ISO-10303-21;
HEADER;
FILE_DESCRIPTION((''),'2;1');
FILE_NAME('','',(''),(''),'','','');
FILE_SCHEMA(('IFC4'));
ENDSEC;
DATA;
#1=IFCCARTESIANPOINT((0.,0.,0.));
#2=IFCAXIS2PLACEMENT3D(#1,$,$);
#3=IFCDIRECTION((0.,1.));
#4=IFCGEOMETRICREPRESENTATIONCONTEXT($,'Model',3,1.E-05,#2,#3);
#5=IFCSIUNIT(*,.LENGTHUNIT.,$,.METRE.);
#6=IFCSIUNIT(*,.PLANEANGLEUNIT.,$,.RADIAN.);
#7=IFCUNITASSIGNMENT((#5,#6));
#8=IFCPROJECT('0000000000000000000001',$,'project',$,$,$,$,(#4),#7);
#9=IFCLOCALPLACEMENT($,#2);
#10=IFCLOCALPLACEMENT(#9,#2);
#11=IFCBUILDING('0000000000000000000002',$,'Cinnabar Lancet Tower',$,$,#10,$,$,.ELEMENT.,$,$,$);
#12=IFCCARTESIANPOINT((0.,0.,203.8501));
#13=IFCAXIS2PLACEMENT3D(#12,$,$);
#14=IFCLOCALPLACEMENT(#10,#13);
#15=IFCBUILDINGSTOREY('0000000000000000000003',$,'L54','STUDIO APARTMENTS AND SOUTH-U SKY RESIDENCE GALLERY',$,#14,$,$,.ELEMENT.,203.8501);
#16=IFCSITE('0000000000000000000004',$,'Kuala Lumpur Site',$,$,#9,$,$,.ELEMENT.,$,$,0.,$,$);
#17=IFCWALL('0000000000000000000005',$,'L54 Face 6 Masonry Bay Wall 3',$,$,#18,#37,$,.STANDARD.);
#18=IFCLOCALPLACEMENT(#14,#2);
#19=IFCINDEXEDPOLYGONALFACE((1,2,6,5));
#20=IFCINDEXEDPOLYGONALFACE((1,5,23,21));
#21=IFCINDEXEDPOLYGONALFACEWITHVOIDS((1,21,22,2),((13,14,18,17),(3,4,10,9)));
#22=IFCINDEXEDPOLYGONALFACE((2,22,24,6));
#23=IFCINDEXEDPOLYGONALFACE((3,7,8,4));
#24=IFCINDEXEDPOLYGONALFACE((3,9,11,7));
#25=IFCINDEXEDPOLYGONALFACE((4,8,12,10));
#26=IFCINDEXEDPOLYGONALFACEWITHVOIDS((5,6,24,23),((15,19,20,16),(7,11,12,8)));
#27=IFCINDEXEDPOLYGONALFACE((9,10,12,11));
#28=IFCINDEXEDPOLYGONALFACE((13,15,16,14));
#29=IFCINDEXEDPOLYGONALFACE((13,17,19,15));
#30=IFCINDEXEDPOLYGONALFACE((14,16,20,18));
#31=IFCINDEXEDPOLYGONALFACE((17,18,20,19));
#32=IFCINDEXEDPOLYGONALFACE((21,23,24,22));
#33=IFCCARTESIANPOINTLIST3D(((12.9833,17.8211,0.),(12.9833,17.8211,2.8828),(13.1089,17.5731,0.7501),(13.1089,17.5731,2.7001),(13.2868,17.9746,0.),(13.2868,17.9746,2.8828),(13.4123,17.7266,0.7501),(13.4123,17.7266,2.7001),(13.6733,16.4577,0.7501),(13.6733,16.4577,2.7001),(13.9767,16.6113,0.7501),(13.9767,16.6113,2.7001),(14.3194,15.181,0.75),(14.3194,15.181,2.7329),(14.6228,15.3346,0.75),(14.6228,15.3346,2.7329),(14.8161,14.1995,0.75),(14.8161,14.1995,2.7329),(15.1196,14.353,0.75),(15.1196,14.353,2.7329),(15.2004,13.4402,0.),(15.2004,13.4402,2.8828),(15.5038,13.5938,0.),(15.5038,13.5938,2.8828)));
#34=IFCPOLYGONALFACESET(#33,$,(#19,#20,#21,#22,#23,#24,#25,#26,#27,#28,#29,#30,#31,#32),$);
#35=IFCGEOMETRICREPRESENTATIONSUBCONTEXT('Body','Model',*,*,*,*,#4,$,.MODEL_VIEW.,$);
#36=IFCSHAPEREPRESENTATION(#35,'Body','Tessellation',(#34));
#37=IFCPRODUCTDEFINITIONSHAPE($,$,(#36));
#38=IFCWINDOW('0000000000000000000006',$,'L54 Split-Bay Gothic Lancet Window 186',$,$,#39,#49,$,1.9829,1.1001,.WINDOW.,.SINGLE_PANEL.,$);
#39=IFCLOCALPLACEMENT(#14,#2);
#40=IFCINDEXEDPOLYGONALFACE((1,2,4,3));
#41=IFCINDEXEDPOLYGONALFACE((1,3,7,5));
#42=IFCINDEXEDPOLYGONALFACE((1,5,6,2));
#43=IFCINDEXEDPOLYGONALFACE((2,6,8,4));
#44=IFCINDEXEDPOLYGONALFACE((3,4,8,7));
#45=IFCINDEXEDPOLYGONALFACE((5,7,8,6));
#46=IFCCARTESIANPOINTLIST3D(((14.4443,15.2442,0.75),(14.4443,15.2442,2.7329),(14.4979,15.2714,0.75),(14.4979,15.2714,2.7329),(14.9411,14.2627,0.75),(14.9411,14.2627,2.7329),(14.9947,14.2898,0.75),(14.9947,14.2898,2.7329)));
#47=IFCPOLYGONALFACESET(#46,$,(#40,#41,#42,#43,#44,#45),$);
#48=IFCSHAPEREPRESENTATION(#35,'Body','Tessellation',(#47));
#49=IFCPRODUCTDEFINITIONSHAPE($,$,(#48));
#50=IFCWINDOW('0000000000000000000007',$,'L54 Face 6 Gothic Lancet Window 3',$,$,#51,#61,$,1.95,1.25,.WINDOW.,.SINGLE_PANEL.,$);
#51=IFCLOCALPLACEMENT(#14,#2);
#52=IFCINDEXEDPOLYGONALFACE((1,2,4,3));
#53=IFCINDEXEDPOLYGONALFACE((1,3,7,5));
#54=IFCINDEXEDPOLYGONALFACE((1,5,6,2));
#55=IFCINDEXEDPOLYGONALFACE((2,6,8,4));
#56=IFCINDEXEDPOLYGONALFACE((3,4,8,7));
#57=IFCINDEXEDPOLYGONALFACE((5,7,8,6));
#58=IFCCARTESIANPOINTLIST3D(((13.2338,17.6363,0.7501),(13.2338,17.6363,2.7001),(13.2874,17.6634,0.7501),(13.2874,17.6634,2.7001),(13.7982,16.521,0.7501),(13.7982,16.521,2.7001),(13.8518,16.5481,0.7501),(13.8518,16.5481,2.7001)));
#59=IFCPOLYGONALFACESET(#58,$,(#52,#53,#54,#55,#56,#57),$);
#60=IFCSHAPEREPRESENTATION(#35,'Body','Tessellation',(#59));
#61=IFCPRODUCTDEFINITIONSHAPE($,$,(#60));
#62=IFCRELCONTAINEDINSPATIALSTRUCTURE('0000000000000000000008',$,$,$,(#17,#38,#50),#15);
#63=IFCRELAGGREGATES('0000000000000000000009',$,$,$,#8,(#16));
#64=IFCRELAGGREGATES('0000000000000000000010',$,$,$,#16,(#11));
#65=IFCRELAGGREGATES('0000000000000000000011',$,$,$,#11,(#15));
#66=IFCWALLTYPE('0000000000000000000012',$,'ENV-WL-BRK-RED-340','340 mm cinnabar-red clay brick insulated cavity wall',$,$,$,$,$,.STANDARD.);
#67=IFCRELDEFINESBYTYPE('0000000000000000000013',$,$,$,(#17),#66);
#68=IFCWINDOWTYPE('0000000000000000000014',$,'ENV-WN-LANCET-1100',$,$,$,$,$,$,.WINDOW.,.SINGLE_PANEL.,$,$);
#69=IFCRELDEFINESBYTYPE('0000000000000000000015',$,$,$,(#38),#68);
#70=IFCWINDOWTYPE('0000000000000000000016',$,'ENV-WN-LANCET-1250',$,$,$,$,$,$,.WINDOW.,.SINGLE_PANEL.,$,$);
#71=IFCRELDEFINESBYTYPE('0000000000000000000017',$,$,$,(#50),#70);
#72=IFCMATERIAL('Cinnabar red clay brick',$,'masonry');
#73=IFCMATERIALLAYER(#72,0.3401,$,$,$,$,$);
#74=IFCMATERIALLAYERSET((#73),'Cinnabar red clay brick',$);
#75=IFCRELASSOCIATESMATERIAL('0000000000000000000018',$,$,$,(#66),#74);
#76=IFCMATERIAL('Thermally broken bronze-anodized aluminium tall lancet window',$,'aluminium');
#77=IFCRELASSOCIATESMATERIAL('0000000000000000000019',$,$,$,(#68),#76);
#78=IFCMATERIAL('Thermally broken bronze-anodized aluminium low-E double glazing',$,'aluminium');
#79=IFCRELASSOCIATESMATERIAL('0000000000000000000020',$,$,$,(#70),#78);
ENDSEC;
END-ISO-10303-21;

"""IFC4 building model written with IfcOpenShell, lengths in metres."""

from ifc_helpers import new_model, si_unit, direction, frame, frame_2d, origin, place, context, subcontext, project, spatial, rectangle, extrude, material, layer, layer_set, type_object, element, fill, save


model = new_model("IFC4")

# Units and contexts
model_context = context("Model", 3, precision=1e-05, world=origin(), true_north=direction((0.0, 1.0)))
body_context = subcontext(model_context, "Body", "Model", "MODEL_VIEW")
ifc_project = project(units=[si_unit("LENGTHUNIT", "METRE"), si_unit("PLANEANGLEUNIT", "RADIAN")], contexts=[model_context])

# Site, building, storey
site_placement = place(None, origin())
site = spatial("IfcSite", under=ifc_project, at=site_placement, Name="Kuala Lumpur Site", CompositionType="ELEMENT", RefElevation=0.0)
building_placement = place(site_placement, origin())
building = spatial("IfcBuilding", under=site, at=building_placement, Name="Cinnabar Lancet Tower", CompositionType="ELEMENT")
storey_placement = place(building_placement, frame((0.0, 0.0, 203.8501)))
storey = spatial("IfcBuildingStorey", under=building, at=storey_placement, Name="L54", Description="STUDIO APARTMENTS AND SOUTH-U SKY RESIDENCE GALLERY", CompositionType="ELEMENT", Elevation=203.8501)

# Shared definitions
ifc_material_1 = material(Name="Cinnabar red clay brick", Category="masonry")
ifc_layer_1 = layer(ifc_material_1, 0.3401)
ifc_layer_set_1 = layer_set([ifc_layer_1], Name="Cinnabar red clay brick")
wall_type_1 = type_object("IfcWallType", Name="ENV-WL-BRK-RED-340", Description="340 mm cinnabar-red clay brick insulated cavity wall", PredefinedType="STANDARD", material=ifc_layer_set_1)

# Shared definitions
ifc_material_2 = material(Name="Thermally broken bronze-anodized aluminium tall lancet window", Category="aluminium")
window_type_1 = type_object("IfcWindowType", Name="ENV-WN-LANCET-1100", PartitioningType="SINGLE_PANEL", PredefinedType="WINDOW", material=ifc_material_2)

# Wall, openings, windows
wall_1_placement = place(storey_placement, frame((13.135, 17.8979, 0.0), z_axis=(0.0, 0.0, 1.0), x_axis=(0.451544, -0.892249, 0.0)))
wall_1 = element("IfcWall", 1, at=wall_1_placement, inside=storey, type_object=wall_type_1, Name="L54 Face 6 Masonry Bay Wall 3", PredefinedType="STANDARD", context=body_context, shape_type="SweptSolid", body=[
    extrude(rectangle(XDim=4.9099, YDim=0.3401, at=frame_2d((2.4551, 0.0))), origin(), (0.0, 0.0, 1.0), 2.8828),
])
opening_1_placement = place(wall_1_placement, frame((0.2781, 0.0, 0.75)))
opening_1 = element("IfcOpeningElement", 2, at=opening_1_placement, cuts=wall_1, PredefinedType="OPENING", context=body_context, shape_type="SweptSolid", body=[
    extrude(rectangle(XDim=1.25, YDim=1.95, at=frame_2d((0.625, 0.9751))), frame((0.0, 0.1799, 0.0), z_axis=(0.0, -1.0, 0.0), x_axis=(1.0, 0.0, 0.0)), (0.0, 0.0, 1.0), 0.3601),
])
opening_2_placement = place(wall_1_placement, frame((2.959, 0.0, 0.75)))
opening_2 = element("IfcOpeningElement", 3, at=opening_2_placement, cuts=wall_1, PredefinedType="OPENING", context=body_context, shape_type="SweptSolid", body=[
    extrude(rectangle(XDim=1.1001, YDim=1.9829, at=frame_2d((0.55, 0.9915))), frame((0.0, 0.1799, 0.0), z_axis=(0.0, -1.0, 0.0), x_axis=(1.0, 0.0, 0.0)), (0.0, 0.0, 1.0), 0.3601),
])
window_1_placement = place(opening_2_placement, origin())
window_1 = element("IfcWindow", 4, at=window_1_placement, inside=storey, type_object=window_type_1, Name="L54 Split-Bay Gothic Lancet Window 186", OverallHeight=1.9829, OverallWidth=1.1001, PartitioningType="SINGLE_PANEL", PredefinedType="WINDOW", context=body_context, shape_type="SweptSolid", body=[
    extrude(rectangle(XDim=1.1001, YDim=1.9829, at=frame_2d((0.55, 0.9915))), frame((0.0, 0.03, 0.0), z_axis=(0.0, -1.0, 0.0), x_axis=(1.0, 0.0, 0.0)), (0.0, 0.0, 1.0), 0.0601),
])
fill(opening_2, window_1)
ifc_material_3 = material(Name="Thermally broken bronze-anodized aluminium low-E double glazing", Category="aluminium")
window_type_2 = type_object("IfcWindowType", Name="ENV-WN-LANCET-1250", PartitioningType="SINGLE_PANEL", PredefinedType="WINDOW", material=ifc_material_3)
window_2_placement = place(opening_1_placement, origin())
window_2 = element("IfcWindow", 5, at=window_2_placement, inside=storey, type_object=window_type_2, Name="L54 Face 6 Gothic Lancet Window 3", OverallHeight=1.95, OverallWidth=1.25, PartitioningType="SINGLE_PANEL", PredefinedType="WINDOW", context=body_context, shape_type="SweptSolid", body=[
    extrude(rectangle(XDim=1.25, YDim=1.95, at=frame_2d((0.625, 0.9751))), frame((0.0, 0.03, 0.0), z_axis=(0.0, -1.0, 0.0), x_axis=(1.0, 0.0, 0.0)), (0.0, 0.0, 1.0), 0.0601),
])
fill(opening_1, window_2)

save(model, "model.ifc")
